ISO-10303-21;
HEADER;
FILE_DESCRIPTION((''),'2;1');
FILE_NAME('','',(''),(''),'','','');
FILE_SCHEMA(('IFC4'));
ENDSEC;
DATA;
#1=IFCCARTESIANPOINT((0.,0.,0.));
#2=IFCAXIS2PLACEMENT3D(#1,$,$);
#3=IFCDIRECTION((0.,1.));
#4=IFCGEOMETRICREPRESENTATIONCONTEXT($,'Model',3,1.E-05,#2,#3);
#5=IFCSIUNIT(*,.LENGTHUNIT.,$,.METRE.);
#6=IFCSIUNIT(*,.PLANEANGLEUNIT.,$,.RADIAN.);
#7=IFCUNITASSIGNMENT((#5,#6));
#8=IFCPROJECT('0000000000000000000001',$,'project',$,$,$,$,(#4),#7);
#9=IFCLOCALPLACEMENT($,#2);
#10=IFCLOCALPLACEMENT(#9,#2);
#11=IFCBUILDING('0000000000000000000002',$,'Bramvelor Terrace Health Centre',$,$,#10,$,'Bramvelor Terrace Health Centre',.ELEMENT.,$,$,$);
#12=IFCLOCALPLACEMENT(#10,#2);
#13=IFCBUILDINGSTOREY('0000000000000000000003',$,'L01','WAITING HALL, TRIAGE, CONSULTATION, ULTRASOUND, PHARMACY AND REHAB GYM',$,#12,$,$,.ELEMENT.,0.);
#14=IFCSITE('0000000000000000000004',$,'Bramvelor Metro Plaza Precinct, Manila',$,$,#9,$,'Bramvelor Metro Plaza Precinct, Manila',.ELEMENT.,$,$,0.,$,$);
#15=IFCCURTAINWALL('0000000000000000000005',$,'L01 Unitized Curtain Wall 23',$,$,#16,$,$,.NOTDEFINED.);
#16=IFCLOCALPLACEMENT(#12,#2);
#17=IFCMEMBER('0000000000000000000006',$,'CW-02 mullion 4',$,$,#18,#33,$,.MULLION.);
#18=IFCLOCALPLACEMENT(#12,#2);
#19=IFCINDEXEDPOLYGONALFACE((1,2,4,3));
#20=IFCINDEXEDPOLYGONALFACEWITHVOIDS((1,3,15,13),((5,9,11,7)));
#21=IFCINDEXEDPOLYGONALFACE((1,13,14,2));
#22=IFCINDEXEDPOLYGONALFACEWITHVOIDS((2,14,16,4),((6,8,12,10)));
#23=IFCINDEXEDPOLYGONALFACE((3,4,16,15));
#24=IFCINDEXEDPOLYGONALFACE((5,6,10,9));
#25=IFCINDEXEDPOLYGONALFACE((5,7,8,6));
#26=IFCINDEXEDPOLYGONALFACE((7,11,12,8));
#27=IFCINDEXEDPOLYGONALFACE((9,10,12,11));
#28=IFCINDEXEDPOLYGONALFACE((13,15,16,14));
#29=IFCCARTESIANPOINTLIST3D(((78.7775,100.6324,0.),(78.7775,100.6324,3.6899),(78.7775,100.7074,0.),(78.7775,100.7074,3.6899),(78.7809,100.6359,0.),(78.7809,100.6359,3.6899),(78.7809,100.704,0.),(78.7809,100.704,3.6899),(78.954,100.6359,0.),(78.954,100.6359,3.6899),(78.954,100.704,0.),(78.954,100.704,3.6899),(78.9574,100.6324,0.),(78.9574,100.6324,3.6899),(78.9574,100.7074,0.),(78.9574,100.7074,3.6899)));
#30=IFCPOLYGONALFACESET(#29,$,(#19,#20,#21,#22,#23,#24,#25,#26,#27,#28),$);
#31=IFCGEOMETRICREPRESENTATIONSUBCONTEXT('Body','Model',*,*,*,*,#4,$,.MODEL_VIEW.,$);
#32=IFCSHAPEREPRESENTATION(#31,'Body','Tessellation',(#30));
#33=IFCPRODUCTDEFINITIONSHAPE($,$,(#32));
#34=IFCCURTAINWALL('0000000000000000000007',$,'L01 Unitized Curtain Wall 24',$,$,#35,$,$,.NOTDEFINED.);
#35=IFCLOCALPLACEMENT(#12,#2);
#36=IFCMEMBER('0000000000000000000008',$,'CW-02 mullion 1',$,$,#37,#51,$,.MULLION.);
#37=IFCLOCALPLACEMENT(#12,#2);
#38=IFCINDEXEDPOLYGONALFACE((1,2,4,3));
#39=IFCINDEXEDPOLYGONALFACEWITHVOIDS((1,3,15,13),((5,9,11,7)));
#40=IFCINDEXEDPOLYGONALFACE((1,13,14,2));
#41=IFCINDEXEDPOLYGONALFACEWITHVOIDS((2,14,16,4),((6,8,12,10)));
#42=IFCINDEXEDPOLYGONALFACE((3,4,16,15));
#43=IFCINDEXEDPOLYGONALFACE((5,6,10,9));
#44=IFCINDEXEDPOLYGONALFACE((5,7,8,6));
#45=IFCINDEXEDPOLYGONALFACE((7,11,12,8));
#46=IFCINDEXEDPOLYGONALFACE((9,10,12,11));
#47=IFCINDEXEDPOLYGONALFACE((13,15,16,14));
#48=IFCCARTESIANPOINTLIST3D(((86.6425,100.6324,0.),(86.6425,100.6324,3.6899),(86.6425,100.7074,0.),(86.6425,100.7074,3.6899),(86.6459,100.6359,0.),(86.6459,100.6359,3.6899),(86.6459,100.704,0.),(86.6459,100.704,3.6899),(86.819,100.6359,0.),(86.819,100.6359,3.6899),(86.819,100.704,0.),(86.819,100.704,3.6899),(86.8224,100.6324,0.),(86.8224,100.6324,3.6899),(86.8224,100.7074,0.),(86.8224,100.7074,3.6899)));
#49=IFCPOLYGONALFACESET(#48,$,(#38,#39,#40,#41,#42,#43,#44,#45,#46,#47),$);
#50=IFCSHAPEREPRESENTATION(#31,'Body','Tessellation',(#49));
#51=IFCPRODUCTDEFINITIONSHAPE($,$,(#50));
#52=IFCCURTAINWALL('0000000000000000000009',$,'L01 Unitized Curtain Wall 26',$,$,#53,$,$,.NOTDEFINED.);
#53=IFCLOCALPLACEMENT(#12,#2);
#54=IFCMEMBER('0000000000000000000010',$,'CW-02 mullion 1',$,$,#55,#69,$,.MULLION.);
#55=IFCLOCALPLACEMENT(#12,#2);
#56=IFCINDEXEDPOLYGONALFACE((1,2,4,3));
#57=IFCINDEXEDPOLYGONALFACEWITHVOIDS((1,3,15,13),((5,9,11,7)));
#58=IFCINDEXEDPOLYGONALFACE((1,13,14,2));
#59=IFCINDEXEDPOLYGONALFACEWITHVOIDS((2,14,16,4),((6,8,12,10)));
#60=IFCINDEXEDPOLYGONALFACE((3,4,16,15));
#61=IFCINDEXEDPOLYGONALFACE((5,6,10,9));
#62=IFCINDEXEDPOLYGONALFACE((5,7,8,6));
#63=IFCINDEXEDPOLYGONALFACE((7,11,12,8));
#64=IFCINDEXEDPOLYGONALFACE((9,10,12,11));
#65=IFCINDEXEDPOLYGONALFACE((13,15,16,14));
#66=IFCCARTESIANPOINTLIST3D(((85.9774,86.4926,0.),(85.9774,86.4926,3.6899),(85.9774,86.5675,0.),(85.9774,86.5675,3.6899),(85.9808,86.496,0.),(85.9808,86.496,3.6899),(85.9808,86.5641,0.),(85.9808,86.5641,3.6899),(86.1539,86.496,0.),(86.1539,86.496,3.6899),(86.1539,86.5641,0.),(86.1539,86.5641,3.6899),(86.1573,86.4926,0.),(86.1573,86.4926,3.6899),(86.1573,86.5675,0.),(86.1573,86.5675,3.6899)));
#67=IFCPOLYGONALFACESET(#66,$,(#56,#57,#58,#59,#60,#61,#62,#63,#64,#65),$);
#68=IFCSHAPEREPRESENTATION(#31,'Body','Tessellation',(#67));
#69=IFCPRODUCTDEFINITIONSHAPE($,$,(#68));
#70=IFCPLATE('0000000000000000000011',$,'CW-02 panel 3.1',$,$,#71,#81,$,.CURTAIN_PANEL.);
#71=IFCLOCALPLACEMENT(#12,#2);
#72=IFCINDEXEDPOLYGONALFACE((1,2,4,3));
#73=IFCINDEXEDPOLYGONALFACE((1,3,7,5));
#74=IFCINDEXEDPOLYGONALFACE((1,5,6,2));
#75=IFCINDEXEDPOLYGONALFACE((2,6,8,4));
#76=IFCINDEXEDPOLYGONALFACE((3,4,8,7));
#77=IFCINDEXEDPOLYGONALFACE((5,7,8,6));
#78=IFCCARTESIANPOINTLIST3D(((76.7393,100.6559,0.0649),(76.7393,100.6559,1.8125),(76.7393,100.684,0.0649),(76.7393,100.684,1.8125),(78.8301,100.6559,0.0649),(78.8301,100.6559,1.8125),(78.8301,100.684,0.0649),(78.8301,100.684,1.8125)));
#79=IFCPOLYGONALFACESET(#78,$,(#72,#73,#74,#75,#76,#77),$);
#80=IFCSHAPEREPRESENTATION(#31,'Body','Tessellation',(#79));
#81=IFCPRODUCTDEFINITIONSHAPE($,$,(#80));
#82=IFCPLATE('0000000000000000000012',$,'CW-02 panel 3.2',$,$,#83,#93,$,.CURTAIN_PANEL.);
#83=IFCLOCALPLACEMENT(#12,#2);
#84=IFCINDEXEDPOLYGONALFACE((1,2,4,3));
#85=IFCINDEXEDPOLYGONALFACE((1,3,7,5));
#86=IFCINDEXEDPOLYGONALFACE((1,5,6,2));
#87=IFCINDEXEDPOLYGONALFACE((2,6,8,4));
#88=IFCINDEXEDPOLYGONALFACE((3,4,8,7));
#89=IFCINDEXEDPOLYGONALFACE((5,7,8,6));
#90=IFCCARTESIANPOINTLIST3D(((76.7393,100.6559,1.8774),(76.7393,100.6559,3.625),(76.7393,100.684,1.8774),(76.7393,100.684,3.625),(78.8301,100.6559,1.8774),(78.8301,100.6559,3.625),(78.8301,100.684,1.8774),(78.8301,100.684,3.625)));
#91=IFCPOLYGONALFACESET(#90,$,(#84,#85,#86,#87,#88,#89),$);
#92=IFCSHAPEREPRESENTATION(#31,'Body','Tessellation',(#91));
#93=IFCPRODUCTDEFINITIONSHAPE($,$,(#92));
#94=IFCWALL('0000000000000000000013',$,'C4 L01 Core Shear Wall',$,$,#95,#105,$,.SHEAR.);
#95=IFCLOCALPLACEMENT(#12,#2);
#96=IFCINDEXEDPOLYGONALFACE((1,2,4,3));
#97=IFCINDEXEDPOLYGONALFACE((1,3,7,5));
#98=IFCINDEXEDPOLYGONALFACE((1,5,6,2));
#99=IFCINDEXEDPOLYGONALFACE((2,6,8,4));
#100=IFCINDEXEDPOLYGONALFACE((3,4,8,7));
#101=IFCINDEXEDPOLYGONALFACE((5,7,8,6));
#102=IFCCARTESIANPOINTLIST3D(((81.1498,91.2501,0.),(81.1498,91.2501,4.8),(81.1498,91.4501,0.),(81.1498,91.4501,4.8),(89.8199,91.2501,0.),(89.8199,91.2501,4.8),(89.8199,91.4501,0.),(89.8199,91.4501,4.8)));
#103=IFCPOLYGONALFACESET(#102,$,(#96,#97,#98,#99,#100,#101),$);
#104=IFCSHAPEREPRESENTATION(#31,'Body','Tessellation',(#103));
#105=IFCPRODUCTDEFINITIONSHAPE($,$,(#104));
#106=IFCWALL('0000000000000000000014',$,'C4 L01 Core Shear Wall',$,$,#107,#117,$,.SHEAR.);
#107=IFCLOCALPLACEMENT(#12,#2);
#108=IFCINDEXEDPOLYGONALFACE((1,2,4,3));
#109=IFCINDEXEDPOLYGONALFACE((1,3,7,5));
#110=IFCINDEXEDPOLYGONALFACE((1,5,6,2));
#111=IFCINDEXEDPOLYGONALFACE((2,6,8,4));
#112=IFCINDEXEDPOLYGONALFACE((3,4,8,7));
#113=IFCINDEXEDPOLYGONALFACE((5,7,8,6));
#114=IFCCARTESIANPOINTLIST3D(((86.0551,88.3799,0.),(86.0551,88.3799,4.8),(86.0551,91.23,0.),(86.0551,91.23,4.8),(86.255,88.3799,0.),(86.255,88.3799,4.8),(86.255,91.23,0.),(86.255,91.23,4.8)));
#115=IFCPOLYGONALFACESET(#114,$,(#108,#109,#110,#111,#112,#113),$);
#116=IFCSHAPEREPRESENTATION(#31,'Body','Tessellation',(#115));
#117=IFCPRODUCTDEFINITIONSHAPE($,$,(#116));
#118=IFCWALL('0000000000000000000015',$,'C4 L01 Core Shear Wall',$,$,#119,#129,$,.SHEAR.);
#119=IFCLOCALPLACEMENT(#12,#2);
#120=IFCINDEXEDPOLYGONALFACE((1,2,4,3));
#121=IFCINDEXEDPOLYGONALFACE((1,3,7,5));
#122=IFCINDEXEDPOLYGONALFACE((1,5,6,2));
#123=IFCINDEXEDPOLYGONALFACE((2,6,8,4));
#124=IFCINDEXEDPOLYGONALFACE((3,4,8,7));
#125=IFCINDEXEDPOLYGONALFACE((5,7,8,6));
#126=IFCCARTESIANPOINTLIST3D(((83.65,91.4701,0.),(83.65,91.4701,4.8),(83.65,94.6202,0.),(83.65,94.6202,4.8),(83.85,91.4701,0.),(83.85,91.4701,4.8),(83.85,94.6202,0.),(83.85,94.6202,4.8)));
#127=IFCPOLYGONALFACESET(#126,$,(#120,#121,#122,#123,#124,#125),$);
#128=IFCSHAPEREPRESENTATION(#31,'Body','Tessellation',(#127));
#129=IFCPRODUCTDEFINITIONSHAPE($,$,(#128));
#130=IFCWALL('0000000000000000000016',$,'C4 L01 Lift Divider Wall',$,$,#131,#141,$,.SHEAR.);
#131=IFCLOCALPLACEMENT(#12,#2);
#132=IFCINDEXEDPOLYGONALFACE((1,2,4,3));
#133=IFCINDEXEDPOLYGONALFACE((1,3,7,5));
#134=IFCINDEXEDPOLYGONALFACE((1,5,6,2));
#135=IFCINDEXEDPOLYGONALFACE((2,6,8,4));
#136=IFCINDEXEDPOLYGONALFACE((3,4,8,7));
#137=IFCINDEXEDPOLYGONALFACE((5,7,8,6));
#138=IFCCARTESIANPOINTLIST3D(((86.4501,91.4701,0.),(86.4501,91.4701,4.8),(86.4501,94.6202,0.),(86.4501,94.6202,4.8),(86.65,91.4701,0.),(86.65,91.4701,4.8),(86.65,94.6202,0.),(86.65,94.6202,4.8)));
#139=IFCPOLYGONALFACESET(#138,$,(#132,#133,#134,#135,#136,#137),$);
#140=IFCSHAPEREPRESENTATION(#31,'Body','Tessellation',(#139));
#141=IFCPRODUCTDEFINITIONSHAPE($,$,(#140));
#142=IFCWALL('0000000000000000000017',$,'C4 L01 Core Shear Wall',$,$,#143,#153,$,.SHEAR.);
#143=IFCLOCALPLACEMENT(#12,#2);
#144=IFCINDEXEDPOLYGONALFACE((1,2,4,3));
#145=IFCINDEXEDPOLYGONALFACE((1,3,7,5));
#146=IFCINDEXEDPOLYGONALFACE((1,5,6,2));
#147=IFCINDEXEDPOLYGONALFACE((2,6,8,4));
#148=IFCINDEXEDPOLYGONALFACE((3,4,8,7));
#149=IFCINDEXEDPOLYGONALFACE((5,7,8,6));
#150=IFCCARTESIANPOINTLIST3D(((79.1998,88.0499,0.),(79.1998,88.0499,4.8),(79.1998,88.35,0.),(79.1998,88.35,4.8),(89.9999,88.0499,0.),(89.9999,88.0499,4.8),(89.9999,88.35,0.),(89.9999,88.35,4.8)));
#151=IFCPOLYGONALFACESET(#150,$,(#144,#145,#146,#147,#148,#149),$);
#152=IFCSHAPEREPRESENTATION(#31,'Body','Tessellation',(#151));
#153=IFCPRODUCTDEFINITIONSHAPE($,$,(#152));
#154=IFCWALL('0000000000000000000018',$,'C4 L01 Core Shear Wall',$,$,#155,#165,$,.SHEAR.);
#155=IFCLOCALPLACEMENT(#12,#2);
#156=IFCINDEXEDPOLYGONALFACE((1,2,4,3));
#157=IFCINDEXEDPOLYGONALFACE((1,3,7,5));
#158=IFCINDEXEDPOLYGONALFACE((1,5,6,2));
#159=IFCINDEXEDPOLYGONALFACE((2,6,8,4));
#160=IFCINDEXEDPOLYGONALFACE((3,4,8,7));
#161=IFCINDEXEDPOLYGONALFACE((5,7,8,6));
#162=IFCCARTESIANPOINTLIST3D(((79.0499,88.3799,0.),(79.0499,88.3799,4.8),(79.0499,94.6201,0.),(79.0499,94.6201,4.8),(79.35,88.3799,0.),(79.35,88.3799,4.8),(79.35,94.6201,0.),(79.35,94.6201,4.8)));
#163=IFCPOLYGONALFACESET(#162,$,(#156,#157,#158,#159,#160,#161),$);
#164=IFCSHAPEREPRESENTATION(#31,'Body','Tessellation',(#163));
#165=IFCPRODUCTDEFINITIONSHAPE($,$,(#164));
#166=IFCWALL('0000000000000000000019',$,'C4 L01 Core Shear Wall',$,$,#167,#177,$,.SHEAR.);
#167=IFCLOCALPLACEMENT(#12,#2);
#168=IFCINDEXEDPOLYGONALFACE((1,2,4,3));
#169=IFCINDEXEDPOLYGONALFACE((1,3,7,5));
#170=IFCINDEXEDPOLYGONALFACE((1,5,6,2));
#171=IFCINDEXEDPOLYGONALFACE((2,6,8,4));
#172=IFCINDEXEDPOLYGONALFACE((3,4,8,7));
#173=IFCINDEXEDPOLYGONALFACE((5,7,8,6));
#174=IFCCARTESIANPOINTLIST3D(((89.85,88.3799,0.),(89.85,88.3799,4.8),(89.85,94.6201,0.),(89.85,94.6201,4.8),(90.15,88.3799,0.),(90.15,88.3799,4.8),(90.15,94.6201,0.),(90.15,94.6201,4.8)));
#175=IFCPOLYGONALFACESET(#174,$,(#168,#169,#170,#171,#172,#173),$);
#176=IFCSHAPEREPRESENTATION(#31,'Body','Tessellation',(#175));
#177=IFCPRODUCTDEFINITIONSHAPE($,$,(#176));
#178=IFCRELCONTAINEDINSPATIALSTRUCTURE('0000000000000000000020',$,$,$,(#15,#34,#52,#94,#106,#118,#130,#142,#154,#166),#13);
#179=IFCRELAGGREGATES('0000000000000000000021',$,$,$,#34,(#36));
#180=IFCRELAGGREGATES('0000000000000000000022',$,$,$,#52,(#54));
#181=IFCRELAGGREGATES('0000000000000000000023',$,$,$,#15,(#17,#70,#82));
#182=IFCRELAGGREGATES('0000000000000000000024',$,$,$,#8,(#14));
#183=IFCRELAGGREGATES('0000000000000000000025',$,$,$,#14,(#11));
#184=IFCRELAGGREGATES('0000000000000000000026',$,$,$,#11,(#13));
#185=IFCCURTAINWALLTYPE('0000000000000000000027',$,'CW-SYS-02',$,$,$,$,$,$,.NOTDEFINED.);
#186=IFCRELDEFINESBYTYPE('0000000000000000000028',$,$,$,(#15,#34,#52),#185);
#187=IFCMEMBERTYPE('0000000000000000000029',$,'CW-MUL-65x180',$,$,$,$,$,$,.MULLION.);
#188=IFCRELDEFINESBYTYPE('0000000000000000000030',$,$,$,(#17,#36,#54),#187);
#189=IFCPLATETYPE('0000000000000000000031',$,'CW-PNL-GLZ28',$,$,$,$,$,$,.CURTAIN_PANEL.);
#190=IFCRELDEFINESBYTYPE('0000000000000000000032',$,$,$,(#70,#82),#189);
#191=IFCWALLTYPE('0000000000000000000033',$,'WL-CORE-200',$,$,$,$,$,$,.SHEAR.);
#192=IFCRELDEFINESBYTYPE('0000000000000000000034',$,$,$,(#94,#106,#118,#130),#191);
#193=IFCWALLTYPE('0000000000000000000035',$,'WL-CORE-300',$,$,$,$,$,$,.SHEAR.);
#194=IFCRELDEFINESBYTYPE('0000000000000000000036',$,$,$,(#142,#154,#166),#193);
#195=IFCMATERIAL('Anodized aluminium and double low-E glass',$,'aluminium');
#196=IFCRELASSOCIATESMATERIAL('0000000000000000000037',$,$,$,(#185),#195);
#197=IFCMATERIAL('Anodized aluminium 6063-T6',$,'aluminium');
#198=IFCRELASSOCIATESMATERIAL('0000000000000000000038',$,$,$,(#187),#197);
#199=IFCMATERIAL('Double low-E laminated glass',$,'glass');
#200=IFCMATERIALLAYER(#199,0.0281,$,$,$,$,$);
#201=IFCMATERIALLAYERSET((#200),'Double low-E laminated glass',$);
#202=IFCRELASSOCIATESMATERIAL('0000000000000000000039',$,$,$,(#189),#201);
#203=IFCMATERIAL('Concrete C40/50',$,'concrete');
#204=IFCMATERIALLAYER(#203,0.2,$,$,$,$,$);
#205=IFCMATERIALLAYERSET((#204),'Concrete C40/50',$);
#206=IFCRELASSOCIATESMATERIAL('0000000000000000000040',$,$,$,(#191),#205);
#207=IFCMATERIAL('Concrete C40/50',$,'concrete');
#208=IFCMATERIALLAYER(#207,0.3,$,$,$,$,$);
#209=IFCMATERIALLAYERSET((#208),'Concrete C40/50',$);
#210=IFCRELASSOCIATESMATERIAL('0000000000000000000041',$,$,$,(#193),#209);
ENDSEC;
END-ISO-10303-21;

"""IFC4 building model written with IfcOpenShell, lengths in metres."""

from ifc_helpers import new_model, si_unit, direction, frame, frame_2d, origin, origin_2d, place, context, subcontext, project, spatial, rectangle, hollow_rectangle, extrude, material, layer, layer_set, material_profile, profile_set, type_object, element, aggregate, save


model = new_model("IFC4")

# Units and contexts
model_context = context("Model", 3, precision=1e-05, world=origin(), true_north=direction((0.0, 1.0)))
body_context = subcontext(model_context, "Body", "Model", "MODEL_VIEW")
ifc_project = project(units=[si_unit("LENGTHUNIT", "METRE"), si_unit("PLANEANGLEUNIT", "RADIAN")], contexts=[model_context])

# Site, building, storey
site_placement = place(None, origin())
site = spatial("IfcSite", under=ifc_project, at=site_placement, Name="Bramvelor Metro Plaza Precinct, Manila", LongName="Bramvelor Metro Plaza Precinct, Manila", CompositionType="ELEMENT", RefElevation=0.0)
building_placement = place(site_placement, origin())
building = spatial("IfcBuilding", under=site, at=building_placement, Name="Bramvelor Terrace Health Centre", LongName="Bramvelor Terrace Health Centre", CompositionType="ELEMENT")
storey_placement = place(building_placement, origin())
storey = spatial("IfcBuildingStorey", under=building, at=storey_placement, Name="L01", Description="WAITING HALL, TRIAGE, CONSULTATION, ULTRASOUND, PHARMACY AND REHAB GYM", CompositionType="ELEMENT", Elevation=0.0)

# Curtain walls, members
ifc_material_1 = material(Name="Anodized aluminium and double low-E glass", Category="aluminium")
curtain_wall_type = type_object("IfcCurtainWallType", Name="CW-SYS-02", PredefinedType="NOTDEFINED", material=ifc_material_1)
curtain_wall_1_placement = place(storey_placement, origin())
curtain_wall_1 = element("IfcCurtainWall", 1, at=curtain_wall_1_placement, inside=storey, type_object=curtain_wall_type, Name="L01 Unitized Curtain Wall 23", PredefinedType="NOTDEFINED")
ifc_material_2 = material(Name="Anodized aluminium 6063-T6", Category="aluminium")
ifc_material_profile = material_profile(ifc_material_2, hollow_rectangle(XDim=0.075, YDim=0.1799, WallThickness=0.0034, at=origin_2d()), Name="ALU-MUL 75x180x3.5")
ifc_profile_set = profile_set([ifc_material_profile], Name="Anodized aluminium 6063-T6")
member_type = type_object("IfcMemberType", Name="CW-MUL-65x180", PredefinedType="MULLION", material=ifc_profile_set)
member_1_placement = place(storey_placement, frame((78.8674, 100.6699, 0.0), z_axis=(0.0, 0.0, 1.0), x_axis=(0.0, 1.0, 0.0)))
member_1 = element("IfcMember", 2, at=member_1_placement, type_object=member_type, Name="CW-02 mullion 4", PredefinedType="MULLION", context=body_context, shape_type="SweptSolid", body=[
    extrude(hollow_rectangle(XDim=0.075, YDim=0.1799, WallThickness=0.0034, at=origin_2d()), origin(), (0.0, 0.0, 1.0), 3.6899),
])
curtain_wall_2_placement = place(storey_placement, origin())
curtain_wall_2 = element("IfcCurtainWall", 3, at=curtain_wall_2_placement, inside=storey, type_object=curtain_wall_type, Name="L01 Unitized Curtain Wall 24", PredefinedType="NOTDEFINED")
member_2_placement = place(storey_placement, frame((86.7324, 100.6699, 0.0), z_axis=(0.0, 0.0, 1.0), x_axis=(0.0, 1.0, 0.0)))
member_2 = element("IfcMember", 4, at=member_2_placement, type_object=member_type, Name="CW-02 mullion 1", PredefinedType="MULLION", context=body_context, shape_type="SweptSolid", body=[
    extrude(hollow_rectangle(XDim=0.075, YDim=0.1799, WallThickness=0.0034, at=origin_2d()), origin(), (0.0, 0.0, 1.0), 3.6899),
])
aggregate(curtain_wall_2, [member_2])
curtain_wall_3_placement = place(storey_placement, origin())
curtain_wall_3 = element("IfcCurtainWall", 5, at=curtain_wall_3_placement, inside=storey, type_object=curtain_wall_type, Name="L01 Unitized Curtain Wall 26", PredefinedType="NOTDEFINED")
member_3_placement = place(storey_placement, frame((86.0674, 86.53, 0.0), z_axis=(0.0, 0.0, 1.0), x_axis=(0.0, -1.0, 0.0)))
member_3 = element("IfcMember", 6, at=member_3_placement, type_object=member_type, Name="CW-02 mullion 1", PredefinedType="MULLION", context=body_context, shape_type="SweptSolid", body=[
    extrude(hollow_rectangle(XDim=0.075, YDim=0.1799, WallThickness=0.0034, at=origin_2d()), origin(), (0.0, 0.0, 1.0), 3.6899),
])
aggregate(curtain_wall_3, [member_3])

# Plates
ifc_material_3 = material(Name="Double low-E laminated glass", Category="glass")
ifc_layer_1 = layer(ifc_material_3, 0.0281)
ifc_layer_set_1 = layer_set([ifc_layer_1], Name="Double low-E laminated glass")
plate_type = type_object("IfcPlateType", Name="CW-PNL-GLZ28", PredefinedType="CURTAIN_PANEL", material=ifc_layer_set_1)
plate_1_placement = place(storey_placement, frame((77.7847, 100.6699, 0.0649), z_axis=(0.0, 0.0, 1.0), x_axis=(1.0, 0.0, 0.0)))
plate_1 = element("IfcPlate", 7, at=plate_1_placement, type_object=plate_type, Name="CW-02 panel 3.1", PredefinedType="CURTAIN_PANEL", context=body_context, shape_type="SweptSolid", body=[
    extrude(rectangle(XDim=2.0908, YDim=0.0281, at=origin_2d()), origin(), (0.0, 0.0, 1.0), 1.7476),
])
plate_2_placement = place(storey_placement, frame((77.7847, 100.6699, 1.8774), z_axis=(0.0, 0.0, 1.0), x_axis=(1.0, 0.0, 0.0)))
plate_2 = element("IfcPlate", 8, at=plate_2_placement, type_object=plate_type, Name="CW-02 panel 3.2", PredefinedType="CURTAIN_PANEL", context=body_context, shape_type="SweptSolid", body=[
    extrude(rectangle(XDim=2.0908, YDim=0.0281, at=origin_2d()), origin(), (0.0, 0.0, 1.0), 1.7476),
])
aggregate(curtain_wall_1, [member_1, plate_1, plate_2])

# Walls
ifc_material_4 = material(Name="Concrete C40/50", Category="concrete")
ifc_layer_2 = layer(ifc_material_4, 0.2)
ifc_layer_set_2 = layer_set([ifc_layer_2], Name="Concrete C40/50")
wall_type_1 = type_object("IfcWallType", Name="WL-CORE-200", PredefinedType="SHEAR", material=ifc_layer_set_2)
wall_1_placement = place(storey_placement, frame((81.1499, 91.3501, 0.0), z_axis=(0.0, 0.0, 1.0), x_axis=(1.0, 0.0, 0.0)))
element("IfcWall", 9, at=wall_1_placement, inside=storey, type_object=wall_type_1, Name="C4 L01 Core Shear Wall", PredefinedType="SHEAR", context=body_context, shape_type="SweptSolid", body=[
    extrude(rectangle(XDim=8.6702, YDim=0.2, at=frame_2d((4.335, 0.0))), origin(), (0.0, 0.0, 1.0), 4.8),
])
wall_2_placement = place(storey_placement, frame((86.155, 88.3799, 0.0), z_axis=(0.0, 0.0, 1.0), x_axis=(0.0, 1.0, 0.0)))
element("IfcWall", 10, at=wall_2_placement, inside=storey, type_object=wall_type_1, Name="C4 L01 Core Shear Wall", PredefinedType="SHEAR", context=body_context, shape_type="SweptSolid", body=[
    extrude(rectangle(XDim=2.8501, YDim=0.2, at=frame_2d((1.425, 0.0))), origin(), (0.0, 0.0, 1.0), 4.8),
])
for number, where, z_axis, x_axis, name in (
    (11, (83.75, 91.47, 0.0), (0.0, 0.0, 1.0), (0.0, 1.0, 0.0), "C4 L01 Core Shear Wall"),
    (12, (86.55, 91.47, 0.0), (0.0, 0.0, 1.0), (0.0, 1.0, 0.0), "C4 L01 Lift Divider Wall"),
):
    element("IfcWall", number, at=place(storey_placement, frame(where, z_axis=z_axis, x_axis=x_axis)), inside=storey, type_object=wall_type_1, Name=name, PredefinedType="SHEAR", context=body_context, shape_type="SweptSolid", body=[
        extrude(rectangle(XDim=3.1501, YDim=0.2, at=frame_2d((1.5752, 0.0))), origin(), (0.0, 0.0, 1.0), 4.8),
    ])
ifc_material_5 = material(Name="Concrete C40/50", Category="concrete")
ifc_layer_3 = layer(ifc_material_5, 0.3)
ifc_layer_set_3 = layer_set([ifc_layer_3], Name="Concrete C40/50")
wall_type_2 = type_object("IfcWallType", Name="WL-CORE-300", PredefinedType="SHEAR", material=ifc_layer_set_3)
wall_3_placement = place(storey_placement, frame((79.2, 88.2, 0.0), z_axis=(0.0, 0.0, 1.0), x_axis=(1.0, 0.0, 0.0)))
element("IfcWall", 13, at=wall_3_placement, inside=storey, type_object=wall_type_2, Name="C4 L01 Core Shear Wall", PredefinedType="SHEAR", context=body_context, shape_type="SweptSolid", body=[
    extrude(rectangle(XDim=10.8, YDim=0.3, at=frame_2d((5.3999, 0.0))), origin(), (0.0, 0.0, 1.0), 4.8),
])

# Walls
for number, where, z_axis, x_axis, name in (
    (14, (79.2, 88.3799, 0.0), (0.0, 0.0, 1.0), (0.0, 1.0, 0.0), "C4 L01 Core Shear Wall"),
    (15, (90.0, 88.3799, 0.0), (0.0, 0.0, 1.0), (0.0, 1.0, 0.0), "C4 L01 Core Shear Wall"),
):
    element("IfcWall", number, at=place(storey_placement, frame(where, z_axis=z_axis, x_axis=x_axis)), inside=storey, type_object=wall_type_2, Name=name, PredefinedType="SHEAR", context=body_context, shape_type="SweptSolid", body=[
        extrude(rectangle(XDim=6.2402, YDim=0.3, at=frame_2d((3.1201, 0.0))), origin(), (0.0, 0.0, 1.0), 4.8),
    ])

save(model, "model.ifc")
